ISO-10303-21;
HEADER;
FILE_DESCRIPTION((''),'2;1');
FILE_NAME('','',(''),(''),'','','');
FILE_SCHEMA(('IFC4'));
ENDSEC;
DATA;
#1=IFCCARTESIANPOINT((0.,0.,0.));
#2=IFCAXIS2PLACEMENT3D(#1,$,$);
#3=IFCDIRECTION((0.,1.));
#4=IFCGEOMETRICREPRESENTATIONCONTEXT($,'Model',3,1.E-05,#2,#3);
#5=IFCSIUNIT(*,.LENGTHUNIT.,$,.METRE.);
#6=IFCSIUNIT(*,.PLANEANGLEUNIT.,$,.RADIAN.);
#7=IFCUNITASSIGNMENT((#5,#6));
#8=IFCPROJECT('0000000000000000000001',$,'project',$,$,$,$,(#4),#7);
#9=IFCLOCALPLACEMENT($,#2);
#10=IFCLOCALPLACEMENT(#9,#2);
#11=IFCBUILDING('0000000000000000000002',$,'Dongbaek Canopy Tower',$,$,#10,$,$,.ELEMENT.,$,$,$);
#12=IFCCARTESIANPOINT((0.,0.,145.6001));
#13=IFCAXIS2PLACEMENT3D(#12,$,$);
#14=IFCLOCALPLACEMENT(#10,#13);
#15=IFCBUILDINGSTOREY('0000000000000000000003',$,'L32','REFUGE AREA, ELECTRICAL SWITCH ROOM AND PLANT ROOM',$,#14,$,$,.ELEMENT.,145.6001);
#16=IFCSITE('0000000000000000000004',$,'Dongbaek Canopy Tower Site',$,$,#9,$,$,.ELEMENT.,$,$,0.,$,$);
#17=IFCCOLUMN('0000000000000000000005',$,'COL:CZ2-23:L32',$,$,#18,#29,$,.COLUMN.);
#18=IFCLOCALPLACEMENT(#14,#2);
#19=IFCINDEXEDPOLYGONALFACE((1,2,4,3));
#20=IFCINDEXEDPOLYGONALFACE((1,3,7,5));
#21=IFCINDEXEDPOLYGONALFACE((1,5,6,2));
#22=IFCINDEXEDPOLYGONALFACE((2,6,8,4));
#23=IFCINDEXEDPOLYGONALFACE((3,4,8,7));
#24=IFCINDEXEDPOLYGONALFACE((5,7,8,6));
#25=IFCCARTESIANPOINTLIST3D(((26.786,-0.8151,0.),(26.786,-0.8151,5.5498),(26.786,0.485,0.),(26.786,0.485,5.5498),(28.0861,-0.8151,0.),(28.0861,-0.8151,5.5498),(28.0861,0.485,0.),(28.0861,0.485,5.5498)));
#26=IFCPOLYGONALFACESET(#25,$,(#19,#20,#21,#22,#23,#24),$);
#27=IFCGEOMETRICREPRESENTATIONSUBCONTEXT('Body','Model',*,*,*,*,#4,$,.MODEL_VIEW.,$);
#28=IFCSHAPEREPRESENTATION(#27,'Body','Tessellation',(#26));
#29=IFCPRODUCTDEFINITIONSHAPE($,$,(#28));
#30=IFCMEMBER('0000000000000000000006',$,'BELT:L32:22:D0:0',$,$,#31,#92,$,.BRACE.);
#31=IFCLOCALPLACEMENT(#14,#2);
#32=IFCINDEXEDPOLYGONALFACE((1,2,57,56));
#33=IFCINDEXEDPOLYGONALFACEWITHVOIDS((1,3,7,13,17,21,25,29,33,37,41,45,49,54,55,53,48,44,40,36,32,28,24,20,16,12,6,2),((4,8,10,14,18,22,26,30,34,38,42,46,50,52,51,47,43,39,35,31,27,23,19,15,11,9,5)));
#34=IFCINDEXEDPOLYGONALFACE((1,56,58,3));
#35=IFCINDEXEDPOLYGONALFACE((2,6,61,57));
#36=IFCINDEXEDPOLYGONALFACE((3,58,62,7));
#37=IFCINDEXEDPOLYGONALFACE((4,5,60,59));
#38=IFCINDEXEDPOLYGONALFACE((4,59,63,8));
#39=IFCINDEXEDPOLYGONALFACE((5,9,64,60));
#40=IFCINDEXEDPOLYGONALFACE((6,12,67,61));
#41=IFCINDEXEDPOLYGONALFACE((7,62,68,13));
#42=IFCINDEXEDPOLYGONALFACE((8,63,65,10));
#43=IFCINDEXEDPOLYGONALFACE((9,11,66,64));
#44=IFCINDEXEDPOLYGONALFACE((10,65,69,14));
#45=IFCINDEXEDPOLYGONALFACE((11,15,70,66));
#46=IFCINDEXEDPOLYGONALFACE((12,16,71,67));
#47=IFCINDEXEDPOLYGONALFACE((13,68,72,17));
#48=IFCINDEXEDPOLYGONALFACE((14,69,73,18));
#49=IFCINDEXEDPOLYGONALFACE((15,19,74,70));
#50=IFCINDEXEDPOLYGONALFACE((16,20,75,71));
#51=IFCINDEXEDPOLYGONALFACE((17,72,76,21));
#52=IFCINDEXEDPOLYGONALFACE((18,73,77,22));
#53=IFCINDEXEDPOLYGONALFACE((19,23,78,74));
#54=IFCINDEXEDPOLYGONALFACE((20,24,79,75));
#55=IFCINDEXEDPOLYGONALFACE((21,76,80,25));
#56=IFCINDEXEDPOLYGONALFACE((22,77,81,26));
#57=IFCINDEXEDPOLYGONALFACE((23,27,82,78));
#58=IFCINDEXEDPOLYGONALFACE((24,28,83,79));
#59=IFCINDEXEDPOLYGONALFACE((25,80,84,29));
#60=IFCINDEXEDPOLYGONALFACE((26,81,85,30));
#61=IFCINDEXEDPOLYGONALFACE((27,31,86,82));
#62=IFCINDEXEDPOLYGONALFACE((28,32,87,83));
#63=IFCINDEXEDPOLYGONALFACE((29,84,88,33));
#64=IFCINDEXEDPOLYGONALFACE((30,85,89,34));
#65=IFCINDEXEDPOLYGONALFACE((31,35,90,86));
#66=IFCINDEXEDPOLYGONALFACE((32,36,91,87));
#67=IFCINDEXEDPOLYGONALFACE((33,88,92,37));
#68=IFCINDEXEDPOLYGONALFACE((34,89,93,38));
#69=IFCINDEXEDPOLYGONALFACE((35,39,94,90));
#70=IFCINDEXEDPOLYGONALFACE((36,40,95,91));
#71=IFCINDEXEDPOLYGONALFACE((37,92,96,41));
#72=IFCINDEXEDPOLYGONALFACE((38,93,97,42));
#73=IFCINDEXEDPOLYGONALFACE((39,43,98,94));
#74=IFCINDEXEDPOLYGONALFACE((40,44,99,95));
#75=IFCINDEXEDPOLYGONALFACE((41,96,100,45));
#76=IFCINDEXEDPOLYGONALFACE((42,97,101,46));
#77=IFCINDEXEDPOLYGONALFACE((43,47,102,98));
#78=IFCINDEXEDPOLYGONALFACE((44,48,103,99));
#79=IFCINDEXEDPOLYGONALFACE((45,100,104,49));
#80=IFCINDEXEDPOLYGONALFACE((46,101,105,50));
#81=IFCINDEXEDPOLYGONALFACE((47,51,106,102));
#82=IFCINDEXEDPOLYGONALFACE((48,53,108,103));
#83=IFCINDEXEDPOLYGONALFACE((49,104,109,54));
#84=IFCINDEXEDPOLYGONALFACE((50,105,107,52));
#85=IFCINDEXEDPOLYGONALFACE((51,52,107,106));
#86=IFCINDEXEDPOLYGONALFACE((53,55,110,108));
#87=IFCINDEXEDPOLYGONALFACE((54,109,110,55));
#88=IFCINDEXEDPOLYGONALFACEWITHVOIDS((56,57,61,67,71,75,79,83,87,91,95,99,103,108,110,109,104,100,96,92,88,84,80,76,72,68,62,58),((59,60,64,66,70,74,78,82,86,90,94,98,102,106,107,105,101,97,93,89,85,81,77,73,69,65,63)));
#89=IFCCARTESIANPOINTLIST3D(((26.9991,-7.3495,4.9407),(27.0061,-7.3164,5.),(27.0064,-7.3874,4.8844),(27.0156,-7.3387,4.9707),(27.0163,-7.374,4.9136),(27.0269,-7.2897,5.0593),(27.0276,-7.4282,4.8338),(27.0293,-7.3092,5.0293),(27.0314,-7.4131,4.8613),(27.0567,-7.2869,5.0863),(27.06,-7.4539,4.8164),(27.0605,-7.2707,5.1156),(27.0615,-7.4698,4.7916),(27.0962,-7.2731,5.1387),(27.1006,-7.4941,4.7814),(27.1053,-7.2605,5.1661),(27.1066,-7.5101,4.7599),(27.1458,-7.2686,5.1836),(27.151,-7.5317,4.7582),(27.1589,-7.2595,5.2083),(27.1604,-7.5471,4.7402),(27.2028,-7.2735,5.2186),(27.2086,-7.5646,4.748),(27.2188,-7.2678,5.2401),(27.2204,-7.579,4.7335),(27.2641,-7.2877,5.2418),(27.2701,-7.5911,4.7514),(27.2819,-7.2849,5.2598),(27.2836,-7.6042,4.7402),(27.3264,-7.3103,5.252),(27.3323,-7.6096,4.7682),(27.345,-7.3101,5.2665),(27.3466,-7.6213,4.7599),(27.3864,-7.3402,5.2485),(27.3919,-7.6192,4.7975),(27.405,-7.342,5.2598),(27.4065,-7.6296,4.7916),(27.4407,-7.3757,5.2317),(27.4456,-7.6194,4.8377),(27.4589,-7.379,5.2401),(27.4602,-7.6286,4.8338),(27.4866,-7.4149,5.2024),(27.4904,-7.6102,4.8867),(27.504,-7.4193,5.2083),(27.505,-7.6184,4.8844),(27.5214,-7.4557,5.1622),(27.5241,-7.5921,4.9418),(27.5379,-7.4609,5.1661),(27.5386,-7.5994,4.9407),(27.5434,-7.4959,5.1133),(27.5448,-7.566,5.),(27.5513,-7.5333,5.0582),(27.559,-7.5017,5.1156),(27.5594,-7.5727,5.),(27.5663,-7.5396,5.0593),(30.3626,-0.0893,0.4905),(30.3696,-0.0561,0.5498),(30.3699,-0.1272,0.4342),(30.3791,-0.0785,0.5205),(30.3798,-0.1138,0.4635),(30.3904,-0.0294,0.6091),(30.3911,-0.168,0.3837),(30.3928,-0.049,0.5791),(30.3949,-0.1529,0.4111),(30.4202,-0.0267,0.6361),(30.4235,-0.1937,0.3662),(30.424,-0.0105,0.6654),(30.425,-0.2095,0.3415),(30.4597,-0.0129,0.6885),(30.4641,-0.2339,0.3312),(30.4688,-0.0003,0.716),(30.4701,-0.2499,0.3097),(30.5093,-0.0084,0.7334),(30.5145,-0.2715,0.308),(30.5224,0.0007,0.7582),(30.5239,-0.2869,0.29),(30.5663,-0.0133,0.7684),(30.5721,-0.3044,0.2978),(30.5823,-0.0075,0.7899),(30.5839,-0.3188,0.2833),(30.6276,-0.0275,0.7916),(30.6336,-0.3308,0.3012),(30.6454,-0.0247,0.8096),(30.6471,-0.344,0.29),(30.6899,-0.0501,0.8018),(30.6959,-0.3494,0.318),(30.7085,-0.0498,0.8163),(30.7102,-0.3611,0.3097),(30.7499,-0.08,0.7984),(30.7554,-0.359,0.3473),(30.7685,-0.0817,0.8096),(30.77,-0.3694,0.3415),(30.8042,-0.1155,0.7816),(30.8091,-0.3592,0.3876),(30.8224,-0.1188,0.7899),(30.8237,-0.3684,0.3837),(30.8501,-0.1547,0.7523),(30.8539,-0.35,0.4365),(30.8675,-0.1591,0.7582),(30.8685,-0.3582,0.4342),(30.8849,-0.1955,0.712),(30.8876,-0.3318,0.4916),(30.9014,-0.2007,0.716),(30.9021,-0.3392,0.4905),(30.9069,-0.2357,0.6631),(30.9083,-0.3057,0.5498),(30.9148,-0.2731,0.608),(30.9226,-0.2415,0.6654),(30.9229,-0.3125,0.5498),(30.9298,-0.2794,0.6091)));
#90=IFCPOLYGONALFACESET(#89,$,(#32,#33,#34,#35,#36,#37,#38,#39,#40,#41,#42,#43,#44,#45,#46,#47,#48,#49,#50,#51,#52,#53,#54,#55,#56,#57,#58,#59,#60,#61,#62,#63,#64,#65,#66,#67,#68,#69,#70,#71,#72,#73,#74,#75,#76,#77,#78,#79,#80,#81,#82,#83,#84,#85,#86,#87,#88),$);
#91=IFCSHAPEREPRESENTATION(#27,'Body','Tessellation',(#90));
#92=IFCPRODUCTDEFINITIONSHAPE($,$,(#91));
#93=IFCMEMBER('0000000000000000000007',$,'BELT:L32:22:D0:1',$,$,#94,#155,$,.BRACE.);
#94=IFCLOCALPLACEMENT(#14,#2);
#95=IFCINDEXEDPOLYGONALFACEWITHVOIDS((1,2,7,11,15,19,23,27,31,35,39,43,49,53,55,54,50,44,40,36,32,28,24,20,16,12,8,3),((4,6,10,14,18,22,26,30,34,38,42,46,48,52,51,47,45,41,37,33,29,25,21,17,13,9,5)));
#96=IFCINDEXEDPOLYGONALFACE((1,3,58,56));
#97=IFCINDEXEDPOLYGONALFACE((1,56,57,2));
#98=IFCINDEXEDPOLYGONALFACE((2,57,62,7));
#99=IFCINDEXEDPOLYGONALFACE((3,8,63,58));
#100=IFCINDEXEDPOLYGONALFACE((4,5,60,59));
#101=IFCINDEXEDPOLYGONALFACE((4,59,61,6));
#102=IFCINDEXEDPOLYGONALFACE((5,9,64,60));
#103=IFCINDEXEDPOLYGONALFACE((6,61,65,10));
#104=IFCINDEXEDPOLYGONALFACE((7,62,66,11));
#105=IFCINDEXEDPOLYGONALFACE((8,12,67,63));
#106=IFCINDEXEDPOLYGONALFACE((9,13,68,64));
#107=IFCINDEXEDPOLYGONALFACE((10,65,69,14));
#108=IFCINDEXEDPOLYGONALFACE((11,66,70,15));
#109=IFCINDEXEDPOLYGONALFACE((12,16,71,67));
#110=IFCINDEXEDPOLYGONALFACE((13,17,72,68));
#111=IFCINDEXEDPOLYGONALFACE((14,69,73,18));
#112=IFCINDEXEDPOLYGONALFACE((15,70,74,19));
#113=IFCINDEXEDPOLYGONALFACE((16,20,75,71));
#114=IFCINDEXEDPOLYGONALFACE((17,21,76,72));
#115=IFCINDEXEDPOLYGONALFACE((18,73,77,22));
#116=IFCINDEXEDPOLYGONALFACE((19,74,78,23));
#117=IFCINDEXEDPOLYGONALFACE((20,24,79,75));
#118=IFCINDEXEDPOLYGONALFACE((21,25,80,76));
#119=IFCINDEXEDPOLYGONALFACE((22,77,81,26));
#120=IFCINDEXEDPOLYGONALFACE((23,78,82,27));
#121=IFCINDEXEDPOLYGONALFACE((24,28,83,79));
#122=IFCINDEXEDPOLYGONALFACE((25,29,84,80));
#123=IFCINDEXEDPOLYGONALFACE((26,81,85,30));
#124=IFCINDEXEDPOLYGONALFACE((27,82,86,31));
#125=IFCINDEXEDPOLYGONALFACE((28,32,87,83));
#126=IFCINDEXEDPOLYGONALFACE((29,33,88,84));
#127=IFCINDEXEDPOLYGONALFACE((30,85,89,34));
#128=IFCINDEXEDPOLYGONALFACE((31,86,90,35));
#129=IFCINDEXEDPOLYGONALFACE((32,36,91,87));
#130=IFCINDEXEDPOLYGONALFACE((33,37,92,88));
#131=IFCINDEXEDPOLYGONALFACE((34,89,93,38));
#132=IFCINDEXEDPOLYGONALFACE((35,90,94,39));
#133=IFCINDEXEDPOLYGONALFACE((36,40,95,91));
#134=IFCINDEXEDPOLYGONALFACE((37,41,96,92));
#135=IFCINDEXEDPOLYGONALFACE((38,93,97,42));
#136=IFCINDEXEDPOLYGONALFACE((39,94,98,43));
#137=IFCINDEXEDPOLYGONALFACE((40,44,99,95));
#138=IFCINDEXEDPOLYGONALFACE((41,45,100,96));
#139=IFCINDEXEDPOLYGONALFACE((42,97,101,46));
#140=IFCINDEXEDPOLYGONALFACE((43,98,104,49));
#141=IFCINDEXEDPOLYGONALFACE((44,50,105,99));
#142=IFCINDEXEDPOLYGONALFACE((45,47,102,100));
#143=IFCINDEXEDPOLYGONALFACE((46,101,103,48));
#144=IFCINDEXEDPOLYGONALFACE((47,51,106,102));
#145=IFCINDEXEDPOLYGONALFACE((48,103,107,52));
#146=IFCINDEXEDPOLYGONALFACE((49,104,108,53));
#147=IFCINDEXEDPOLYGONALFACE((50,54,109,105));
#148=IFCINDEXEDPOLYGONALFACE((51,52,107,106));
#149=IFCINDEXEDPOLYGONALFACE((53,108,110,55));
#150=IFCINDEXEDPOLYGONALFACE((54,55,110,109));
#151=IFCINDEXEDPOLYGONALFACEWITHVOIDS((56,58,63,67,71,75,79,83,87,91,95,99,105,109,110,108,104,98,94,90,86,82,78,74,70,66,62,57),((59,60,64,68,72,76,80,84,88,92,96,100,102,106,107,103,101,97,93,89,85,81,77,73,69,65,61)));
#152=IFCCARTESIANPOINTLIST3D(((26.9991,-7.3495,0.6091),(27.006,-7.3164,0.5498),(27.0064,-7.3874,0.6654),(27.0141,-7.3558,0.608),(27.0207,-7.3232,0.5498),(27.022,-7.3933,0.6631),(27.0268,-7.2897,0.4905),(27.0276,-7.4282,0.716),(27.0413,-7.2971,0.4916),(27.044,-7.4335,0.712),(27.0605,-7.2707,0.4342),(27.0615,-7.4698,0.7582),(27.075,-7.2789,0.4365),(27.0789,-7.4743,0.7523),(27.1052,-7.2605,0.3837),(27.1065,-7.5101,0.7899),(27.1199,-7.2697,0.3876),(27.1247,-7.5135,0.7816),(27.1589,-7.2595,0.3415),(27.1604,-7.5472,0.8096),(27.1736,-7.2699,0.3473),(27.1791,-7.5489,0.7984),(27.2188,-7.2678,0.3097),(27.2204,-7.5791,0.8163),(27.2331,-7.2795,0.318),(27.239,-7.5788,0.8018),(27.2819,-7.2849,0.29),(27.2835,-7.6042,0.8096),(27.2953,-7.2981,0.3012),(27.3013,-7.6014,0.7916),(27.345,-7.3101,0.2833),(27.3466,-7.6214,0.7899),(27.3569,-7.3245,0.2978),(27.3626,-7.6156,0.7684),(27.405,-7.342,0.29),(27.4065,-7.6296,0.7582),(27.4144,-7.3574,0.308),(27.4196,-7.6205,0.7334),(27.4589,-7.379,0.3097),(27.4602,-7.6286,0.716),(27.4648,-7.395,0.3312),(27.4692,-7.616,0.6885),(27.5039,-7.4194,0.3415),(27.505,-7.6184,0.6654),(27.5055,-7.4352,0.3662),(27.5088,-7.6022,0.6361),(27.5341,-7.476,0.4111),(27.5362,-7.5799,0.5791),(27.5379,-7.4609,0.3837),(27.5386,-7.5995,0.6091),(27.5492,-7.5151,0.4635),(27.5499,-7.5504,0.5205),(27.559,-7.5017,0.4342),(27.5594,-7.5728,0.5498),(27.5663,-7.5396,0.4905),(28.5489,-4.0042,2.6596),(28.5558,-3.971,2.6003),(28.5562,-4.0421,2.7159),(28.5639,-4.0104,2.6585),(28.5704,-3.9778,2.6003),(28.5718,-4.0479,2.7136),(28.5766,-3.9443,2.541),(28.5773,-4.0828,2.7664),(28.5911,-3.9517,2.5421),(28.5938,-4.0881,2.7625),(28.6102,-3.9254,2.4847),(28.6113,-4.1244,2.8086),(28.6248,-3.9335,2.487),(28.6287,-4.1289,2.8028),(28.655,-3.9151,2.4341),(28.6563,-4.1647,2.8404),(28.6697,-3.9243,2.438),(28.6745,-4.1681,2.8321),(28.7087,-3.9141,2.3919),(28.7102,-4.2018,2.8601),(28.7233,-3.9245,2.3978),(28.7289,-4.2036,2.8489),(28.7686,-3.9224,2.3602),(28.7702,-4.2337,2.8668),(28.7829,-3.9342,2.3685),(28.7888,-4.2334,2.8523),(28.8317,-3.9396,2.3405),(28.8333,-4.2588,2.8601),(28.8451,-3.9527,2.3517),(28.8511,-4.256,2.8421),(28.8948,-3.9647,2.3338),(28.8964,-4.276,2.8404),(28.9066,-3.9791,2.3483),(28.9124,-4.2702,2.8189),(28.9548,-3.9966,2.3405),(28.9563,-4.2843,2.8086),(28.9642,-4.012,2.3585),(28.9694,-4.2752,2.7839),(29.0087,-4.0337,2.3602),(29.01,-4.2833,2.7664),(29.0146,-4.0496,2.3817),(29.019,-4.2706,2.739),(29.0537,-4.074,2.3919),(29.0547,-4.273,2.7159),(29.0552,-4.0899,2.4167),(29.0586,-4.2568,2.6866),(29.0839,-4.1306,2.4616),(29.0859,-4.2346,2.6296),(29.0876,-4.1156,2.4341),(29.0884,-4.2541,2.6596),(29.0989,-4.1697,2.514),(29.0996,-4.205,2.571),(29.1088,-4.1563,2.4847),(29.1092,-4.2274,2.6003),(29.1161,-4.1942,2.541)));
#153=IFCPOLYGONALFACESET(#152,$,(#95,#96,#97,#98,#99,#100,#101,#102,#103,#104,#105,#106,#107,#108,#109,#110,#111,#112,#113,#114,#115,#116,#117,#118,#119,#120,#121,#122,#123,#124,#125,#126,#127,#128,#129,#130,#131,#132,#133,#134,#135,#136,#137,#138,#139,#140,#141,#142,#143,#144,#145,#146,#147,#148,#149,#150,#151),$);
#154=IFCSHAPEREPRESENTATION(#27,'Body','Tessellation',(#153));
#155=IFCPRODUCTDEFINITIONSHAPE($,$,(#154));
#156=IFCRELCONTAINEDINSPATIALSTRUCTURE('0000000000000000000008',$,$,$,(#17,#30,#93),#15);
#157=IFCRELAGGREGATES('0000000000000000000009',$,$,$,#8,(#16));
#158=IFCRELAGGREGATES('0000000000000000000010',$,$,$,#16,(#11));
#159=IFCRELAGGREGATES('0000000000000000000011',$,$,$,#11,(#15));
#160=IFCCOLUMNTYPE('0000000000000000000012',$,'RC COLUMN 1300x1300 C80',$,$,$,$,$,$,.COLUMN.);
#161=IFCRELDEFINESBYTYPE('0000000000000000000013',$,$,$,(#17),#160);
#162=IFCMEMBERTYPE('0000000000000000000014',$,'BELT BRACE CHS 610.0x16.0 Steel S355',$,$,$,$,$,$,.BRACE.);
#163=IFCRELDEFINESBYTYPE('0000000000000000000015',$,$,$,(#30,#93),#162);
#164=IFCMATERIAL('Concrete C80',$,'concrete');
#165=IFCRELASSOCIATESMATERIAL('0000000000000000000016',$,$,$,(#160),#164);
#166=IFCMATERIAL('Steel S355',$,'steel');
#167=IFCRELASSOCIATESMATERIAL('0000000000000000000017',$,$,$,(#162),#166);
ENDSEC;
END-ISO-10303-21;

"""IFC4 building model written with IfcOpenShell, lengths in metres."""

from ifc_helpers import new_model, si_unit, direction, frame, origin, origin_2d, place, context, subcontext, project, spatial, rectangle, hollow_circle, extrude, material, material_profile, profile_set, type_object, element, save


model = new_model("IFC4")

# Units and contexts
model_context = context("Model", 3, precision=1e-05, world=origin(), true_north=direction((0.0, 1.0)))
body_context = subcontext(model_context, "Body", "Model", "MODEL_VIEW")
ifc_project = project(units=[si_unit("LENGTHUNIT", "METRE"), si_unit("PLANEANGLEUNIT", "RADIAN")], contexts=[model_context])

# Site, building, storey
site_placement = place(None, origin())
site = spatial("IfcSite", under=ifc_project, at=site_placement, Name="Dongbaek Canopy Tower Site", CompositionType="ELEMENT", RefElevation=0.0)
building_placement = place(site_placement, origin())
building = spatial("IfcBuilding", under=site, at=building_placement, Name="Dongbaek Canopy Tower", CompositionType="ELEMENT")
storey_placement = place(building_placement, frame((0.0, 0.0, 145.6001)))
storey = spatial("IfcBuildingStorey", under=building, at=storey_placement, Name="L32", Description="REFUGE AREA, ELECTRICAL SWITCH ROOM AND PLANT ROOM", CompositionType="ELEMENT", Elevation=145.6001)

# Column
ifc_material_1 = material(Name="Concrete C80", Category="concrete")
ifc_material_profile_1 = material_profile(ifc_material_1, rectangle(XDim=1.3, YDim=1.3, at=origin_2d()), Name="RC COLUMN 1300x1300 C80")
ifc_profile_set_1 = profile_set([ifc_material_profile_1], Name="Concrete C80")
column_type = type_object("IfcColumnType", Name="RC COLUMN 1300x1300 C80", PredefinedType="COLUMN", material=ifc_profile_set_1)
column_placement = place(storey_placement, frame((27.436, -0.165, 0.0), z_axis=(0.0, 0.0, 1.0), x_axis=(1.0, 0.0, 0.0)))
element("IfcColumn", 1, at=column_placement, inside=storey, type_object=column_type, Name="COL:CZ2-23:L32", PredefinedType="COLUMN", context=body_context, shape_type="SweptSolid", body=[
    extrude(rectangle(XDim=1.3, YDim=1.3, at=origin_2d()), origin(), (0.0, 0.0, 1.0), 5.5498),
])

# Members
ifc_material_2 = material(Name="Steel S355", Category="steel")
ifc_material_profile_2 = material_profile(ifc_material_2, hollow_circle(Radius=0.3049, WallThickness=0.0161, at=origin_2d()), Name="BELT BRACE CHS 610.0x16.0 Steel S355")
ifc_profile_set_2 = profile_set([ifc_material_profile_2], Name="Steel S355")
member_type_1 = type_object("IfcMemberType", Name="BELT BRACE CHS 610.0x16.0 Steel S355", PredefinedType="BRACE", material=ifc_profile_set_2)
member_1_placement = place(storey_placement, frame((30.6462, -0.1843, 0.5498), z_axis=(-0.367365, -0.792967, 0.486052), x_axis=(0.907357, -0.42036, 0.0)))
element("IfcMember", 2, at=member_1_placement, inside=storey, type_object=member_type_1, Name="BELT:L32:22:D0:0", PredefinedType="BRACE", context=body_context, shape_type="SweptSolid", body=[
    extrude(hollow_circle(Radius=0.3049, WallThickness=0.0161, at=origin_2d()), origin(), (0.0, 0.0, 1.0), 9.1558),
])
for number, where, z_axis, x_axis, name in (
    (3, (27.2827, -7.4446, 0.5498), (0.367352, 0.792979, 0.486042), (-0.907365, 0.420343, 0.0), "BELT:L32:22:D0:1"),
):
    element("IfcMember", number, at=place(storey_placement, frame(where, z_axis=z_axis, x_axis=x_axis)), inside=storey, type_object=member_type_1, Name=name, PredefinedType="BRACE", context=body_context, shape_type="SweptSolid", body=[
        extrude(hollow_circle(Radius=0.3049, WallThickness=0.0161, at=origin_2d()), origin(), (0.0, 0.0, 1.0), 4.2188),
    ])

save(model, "model.ifc")
